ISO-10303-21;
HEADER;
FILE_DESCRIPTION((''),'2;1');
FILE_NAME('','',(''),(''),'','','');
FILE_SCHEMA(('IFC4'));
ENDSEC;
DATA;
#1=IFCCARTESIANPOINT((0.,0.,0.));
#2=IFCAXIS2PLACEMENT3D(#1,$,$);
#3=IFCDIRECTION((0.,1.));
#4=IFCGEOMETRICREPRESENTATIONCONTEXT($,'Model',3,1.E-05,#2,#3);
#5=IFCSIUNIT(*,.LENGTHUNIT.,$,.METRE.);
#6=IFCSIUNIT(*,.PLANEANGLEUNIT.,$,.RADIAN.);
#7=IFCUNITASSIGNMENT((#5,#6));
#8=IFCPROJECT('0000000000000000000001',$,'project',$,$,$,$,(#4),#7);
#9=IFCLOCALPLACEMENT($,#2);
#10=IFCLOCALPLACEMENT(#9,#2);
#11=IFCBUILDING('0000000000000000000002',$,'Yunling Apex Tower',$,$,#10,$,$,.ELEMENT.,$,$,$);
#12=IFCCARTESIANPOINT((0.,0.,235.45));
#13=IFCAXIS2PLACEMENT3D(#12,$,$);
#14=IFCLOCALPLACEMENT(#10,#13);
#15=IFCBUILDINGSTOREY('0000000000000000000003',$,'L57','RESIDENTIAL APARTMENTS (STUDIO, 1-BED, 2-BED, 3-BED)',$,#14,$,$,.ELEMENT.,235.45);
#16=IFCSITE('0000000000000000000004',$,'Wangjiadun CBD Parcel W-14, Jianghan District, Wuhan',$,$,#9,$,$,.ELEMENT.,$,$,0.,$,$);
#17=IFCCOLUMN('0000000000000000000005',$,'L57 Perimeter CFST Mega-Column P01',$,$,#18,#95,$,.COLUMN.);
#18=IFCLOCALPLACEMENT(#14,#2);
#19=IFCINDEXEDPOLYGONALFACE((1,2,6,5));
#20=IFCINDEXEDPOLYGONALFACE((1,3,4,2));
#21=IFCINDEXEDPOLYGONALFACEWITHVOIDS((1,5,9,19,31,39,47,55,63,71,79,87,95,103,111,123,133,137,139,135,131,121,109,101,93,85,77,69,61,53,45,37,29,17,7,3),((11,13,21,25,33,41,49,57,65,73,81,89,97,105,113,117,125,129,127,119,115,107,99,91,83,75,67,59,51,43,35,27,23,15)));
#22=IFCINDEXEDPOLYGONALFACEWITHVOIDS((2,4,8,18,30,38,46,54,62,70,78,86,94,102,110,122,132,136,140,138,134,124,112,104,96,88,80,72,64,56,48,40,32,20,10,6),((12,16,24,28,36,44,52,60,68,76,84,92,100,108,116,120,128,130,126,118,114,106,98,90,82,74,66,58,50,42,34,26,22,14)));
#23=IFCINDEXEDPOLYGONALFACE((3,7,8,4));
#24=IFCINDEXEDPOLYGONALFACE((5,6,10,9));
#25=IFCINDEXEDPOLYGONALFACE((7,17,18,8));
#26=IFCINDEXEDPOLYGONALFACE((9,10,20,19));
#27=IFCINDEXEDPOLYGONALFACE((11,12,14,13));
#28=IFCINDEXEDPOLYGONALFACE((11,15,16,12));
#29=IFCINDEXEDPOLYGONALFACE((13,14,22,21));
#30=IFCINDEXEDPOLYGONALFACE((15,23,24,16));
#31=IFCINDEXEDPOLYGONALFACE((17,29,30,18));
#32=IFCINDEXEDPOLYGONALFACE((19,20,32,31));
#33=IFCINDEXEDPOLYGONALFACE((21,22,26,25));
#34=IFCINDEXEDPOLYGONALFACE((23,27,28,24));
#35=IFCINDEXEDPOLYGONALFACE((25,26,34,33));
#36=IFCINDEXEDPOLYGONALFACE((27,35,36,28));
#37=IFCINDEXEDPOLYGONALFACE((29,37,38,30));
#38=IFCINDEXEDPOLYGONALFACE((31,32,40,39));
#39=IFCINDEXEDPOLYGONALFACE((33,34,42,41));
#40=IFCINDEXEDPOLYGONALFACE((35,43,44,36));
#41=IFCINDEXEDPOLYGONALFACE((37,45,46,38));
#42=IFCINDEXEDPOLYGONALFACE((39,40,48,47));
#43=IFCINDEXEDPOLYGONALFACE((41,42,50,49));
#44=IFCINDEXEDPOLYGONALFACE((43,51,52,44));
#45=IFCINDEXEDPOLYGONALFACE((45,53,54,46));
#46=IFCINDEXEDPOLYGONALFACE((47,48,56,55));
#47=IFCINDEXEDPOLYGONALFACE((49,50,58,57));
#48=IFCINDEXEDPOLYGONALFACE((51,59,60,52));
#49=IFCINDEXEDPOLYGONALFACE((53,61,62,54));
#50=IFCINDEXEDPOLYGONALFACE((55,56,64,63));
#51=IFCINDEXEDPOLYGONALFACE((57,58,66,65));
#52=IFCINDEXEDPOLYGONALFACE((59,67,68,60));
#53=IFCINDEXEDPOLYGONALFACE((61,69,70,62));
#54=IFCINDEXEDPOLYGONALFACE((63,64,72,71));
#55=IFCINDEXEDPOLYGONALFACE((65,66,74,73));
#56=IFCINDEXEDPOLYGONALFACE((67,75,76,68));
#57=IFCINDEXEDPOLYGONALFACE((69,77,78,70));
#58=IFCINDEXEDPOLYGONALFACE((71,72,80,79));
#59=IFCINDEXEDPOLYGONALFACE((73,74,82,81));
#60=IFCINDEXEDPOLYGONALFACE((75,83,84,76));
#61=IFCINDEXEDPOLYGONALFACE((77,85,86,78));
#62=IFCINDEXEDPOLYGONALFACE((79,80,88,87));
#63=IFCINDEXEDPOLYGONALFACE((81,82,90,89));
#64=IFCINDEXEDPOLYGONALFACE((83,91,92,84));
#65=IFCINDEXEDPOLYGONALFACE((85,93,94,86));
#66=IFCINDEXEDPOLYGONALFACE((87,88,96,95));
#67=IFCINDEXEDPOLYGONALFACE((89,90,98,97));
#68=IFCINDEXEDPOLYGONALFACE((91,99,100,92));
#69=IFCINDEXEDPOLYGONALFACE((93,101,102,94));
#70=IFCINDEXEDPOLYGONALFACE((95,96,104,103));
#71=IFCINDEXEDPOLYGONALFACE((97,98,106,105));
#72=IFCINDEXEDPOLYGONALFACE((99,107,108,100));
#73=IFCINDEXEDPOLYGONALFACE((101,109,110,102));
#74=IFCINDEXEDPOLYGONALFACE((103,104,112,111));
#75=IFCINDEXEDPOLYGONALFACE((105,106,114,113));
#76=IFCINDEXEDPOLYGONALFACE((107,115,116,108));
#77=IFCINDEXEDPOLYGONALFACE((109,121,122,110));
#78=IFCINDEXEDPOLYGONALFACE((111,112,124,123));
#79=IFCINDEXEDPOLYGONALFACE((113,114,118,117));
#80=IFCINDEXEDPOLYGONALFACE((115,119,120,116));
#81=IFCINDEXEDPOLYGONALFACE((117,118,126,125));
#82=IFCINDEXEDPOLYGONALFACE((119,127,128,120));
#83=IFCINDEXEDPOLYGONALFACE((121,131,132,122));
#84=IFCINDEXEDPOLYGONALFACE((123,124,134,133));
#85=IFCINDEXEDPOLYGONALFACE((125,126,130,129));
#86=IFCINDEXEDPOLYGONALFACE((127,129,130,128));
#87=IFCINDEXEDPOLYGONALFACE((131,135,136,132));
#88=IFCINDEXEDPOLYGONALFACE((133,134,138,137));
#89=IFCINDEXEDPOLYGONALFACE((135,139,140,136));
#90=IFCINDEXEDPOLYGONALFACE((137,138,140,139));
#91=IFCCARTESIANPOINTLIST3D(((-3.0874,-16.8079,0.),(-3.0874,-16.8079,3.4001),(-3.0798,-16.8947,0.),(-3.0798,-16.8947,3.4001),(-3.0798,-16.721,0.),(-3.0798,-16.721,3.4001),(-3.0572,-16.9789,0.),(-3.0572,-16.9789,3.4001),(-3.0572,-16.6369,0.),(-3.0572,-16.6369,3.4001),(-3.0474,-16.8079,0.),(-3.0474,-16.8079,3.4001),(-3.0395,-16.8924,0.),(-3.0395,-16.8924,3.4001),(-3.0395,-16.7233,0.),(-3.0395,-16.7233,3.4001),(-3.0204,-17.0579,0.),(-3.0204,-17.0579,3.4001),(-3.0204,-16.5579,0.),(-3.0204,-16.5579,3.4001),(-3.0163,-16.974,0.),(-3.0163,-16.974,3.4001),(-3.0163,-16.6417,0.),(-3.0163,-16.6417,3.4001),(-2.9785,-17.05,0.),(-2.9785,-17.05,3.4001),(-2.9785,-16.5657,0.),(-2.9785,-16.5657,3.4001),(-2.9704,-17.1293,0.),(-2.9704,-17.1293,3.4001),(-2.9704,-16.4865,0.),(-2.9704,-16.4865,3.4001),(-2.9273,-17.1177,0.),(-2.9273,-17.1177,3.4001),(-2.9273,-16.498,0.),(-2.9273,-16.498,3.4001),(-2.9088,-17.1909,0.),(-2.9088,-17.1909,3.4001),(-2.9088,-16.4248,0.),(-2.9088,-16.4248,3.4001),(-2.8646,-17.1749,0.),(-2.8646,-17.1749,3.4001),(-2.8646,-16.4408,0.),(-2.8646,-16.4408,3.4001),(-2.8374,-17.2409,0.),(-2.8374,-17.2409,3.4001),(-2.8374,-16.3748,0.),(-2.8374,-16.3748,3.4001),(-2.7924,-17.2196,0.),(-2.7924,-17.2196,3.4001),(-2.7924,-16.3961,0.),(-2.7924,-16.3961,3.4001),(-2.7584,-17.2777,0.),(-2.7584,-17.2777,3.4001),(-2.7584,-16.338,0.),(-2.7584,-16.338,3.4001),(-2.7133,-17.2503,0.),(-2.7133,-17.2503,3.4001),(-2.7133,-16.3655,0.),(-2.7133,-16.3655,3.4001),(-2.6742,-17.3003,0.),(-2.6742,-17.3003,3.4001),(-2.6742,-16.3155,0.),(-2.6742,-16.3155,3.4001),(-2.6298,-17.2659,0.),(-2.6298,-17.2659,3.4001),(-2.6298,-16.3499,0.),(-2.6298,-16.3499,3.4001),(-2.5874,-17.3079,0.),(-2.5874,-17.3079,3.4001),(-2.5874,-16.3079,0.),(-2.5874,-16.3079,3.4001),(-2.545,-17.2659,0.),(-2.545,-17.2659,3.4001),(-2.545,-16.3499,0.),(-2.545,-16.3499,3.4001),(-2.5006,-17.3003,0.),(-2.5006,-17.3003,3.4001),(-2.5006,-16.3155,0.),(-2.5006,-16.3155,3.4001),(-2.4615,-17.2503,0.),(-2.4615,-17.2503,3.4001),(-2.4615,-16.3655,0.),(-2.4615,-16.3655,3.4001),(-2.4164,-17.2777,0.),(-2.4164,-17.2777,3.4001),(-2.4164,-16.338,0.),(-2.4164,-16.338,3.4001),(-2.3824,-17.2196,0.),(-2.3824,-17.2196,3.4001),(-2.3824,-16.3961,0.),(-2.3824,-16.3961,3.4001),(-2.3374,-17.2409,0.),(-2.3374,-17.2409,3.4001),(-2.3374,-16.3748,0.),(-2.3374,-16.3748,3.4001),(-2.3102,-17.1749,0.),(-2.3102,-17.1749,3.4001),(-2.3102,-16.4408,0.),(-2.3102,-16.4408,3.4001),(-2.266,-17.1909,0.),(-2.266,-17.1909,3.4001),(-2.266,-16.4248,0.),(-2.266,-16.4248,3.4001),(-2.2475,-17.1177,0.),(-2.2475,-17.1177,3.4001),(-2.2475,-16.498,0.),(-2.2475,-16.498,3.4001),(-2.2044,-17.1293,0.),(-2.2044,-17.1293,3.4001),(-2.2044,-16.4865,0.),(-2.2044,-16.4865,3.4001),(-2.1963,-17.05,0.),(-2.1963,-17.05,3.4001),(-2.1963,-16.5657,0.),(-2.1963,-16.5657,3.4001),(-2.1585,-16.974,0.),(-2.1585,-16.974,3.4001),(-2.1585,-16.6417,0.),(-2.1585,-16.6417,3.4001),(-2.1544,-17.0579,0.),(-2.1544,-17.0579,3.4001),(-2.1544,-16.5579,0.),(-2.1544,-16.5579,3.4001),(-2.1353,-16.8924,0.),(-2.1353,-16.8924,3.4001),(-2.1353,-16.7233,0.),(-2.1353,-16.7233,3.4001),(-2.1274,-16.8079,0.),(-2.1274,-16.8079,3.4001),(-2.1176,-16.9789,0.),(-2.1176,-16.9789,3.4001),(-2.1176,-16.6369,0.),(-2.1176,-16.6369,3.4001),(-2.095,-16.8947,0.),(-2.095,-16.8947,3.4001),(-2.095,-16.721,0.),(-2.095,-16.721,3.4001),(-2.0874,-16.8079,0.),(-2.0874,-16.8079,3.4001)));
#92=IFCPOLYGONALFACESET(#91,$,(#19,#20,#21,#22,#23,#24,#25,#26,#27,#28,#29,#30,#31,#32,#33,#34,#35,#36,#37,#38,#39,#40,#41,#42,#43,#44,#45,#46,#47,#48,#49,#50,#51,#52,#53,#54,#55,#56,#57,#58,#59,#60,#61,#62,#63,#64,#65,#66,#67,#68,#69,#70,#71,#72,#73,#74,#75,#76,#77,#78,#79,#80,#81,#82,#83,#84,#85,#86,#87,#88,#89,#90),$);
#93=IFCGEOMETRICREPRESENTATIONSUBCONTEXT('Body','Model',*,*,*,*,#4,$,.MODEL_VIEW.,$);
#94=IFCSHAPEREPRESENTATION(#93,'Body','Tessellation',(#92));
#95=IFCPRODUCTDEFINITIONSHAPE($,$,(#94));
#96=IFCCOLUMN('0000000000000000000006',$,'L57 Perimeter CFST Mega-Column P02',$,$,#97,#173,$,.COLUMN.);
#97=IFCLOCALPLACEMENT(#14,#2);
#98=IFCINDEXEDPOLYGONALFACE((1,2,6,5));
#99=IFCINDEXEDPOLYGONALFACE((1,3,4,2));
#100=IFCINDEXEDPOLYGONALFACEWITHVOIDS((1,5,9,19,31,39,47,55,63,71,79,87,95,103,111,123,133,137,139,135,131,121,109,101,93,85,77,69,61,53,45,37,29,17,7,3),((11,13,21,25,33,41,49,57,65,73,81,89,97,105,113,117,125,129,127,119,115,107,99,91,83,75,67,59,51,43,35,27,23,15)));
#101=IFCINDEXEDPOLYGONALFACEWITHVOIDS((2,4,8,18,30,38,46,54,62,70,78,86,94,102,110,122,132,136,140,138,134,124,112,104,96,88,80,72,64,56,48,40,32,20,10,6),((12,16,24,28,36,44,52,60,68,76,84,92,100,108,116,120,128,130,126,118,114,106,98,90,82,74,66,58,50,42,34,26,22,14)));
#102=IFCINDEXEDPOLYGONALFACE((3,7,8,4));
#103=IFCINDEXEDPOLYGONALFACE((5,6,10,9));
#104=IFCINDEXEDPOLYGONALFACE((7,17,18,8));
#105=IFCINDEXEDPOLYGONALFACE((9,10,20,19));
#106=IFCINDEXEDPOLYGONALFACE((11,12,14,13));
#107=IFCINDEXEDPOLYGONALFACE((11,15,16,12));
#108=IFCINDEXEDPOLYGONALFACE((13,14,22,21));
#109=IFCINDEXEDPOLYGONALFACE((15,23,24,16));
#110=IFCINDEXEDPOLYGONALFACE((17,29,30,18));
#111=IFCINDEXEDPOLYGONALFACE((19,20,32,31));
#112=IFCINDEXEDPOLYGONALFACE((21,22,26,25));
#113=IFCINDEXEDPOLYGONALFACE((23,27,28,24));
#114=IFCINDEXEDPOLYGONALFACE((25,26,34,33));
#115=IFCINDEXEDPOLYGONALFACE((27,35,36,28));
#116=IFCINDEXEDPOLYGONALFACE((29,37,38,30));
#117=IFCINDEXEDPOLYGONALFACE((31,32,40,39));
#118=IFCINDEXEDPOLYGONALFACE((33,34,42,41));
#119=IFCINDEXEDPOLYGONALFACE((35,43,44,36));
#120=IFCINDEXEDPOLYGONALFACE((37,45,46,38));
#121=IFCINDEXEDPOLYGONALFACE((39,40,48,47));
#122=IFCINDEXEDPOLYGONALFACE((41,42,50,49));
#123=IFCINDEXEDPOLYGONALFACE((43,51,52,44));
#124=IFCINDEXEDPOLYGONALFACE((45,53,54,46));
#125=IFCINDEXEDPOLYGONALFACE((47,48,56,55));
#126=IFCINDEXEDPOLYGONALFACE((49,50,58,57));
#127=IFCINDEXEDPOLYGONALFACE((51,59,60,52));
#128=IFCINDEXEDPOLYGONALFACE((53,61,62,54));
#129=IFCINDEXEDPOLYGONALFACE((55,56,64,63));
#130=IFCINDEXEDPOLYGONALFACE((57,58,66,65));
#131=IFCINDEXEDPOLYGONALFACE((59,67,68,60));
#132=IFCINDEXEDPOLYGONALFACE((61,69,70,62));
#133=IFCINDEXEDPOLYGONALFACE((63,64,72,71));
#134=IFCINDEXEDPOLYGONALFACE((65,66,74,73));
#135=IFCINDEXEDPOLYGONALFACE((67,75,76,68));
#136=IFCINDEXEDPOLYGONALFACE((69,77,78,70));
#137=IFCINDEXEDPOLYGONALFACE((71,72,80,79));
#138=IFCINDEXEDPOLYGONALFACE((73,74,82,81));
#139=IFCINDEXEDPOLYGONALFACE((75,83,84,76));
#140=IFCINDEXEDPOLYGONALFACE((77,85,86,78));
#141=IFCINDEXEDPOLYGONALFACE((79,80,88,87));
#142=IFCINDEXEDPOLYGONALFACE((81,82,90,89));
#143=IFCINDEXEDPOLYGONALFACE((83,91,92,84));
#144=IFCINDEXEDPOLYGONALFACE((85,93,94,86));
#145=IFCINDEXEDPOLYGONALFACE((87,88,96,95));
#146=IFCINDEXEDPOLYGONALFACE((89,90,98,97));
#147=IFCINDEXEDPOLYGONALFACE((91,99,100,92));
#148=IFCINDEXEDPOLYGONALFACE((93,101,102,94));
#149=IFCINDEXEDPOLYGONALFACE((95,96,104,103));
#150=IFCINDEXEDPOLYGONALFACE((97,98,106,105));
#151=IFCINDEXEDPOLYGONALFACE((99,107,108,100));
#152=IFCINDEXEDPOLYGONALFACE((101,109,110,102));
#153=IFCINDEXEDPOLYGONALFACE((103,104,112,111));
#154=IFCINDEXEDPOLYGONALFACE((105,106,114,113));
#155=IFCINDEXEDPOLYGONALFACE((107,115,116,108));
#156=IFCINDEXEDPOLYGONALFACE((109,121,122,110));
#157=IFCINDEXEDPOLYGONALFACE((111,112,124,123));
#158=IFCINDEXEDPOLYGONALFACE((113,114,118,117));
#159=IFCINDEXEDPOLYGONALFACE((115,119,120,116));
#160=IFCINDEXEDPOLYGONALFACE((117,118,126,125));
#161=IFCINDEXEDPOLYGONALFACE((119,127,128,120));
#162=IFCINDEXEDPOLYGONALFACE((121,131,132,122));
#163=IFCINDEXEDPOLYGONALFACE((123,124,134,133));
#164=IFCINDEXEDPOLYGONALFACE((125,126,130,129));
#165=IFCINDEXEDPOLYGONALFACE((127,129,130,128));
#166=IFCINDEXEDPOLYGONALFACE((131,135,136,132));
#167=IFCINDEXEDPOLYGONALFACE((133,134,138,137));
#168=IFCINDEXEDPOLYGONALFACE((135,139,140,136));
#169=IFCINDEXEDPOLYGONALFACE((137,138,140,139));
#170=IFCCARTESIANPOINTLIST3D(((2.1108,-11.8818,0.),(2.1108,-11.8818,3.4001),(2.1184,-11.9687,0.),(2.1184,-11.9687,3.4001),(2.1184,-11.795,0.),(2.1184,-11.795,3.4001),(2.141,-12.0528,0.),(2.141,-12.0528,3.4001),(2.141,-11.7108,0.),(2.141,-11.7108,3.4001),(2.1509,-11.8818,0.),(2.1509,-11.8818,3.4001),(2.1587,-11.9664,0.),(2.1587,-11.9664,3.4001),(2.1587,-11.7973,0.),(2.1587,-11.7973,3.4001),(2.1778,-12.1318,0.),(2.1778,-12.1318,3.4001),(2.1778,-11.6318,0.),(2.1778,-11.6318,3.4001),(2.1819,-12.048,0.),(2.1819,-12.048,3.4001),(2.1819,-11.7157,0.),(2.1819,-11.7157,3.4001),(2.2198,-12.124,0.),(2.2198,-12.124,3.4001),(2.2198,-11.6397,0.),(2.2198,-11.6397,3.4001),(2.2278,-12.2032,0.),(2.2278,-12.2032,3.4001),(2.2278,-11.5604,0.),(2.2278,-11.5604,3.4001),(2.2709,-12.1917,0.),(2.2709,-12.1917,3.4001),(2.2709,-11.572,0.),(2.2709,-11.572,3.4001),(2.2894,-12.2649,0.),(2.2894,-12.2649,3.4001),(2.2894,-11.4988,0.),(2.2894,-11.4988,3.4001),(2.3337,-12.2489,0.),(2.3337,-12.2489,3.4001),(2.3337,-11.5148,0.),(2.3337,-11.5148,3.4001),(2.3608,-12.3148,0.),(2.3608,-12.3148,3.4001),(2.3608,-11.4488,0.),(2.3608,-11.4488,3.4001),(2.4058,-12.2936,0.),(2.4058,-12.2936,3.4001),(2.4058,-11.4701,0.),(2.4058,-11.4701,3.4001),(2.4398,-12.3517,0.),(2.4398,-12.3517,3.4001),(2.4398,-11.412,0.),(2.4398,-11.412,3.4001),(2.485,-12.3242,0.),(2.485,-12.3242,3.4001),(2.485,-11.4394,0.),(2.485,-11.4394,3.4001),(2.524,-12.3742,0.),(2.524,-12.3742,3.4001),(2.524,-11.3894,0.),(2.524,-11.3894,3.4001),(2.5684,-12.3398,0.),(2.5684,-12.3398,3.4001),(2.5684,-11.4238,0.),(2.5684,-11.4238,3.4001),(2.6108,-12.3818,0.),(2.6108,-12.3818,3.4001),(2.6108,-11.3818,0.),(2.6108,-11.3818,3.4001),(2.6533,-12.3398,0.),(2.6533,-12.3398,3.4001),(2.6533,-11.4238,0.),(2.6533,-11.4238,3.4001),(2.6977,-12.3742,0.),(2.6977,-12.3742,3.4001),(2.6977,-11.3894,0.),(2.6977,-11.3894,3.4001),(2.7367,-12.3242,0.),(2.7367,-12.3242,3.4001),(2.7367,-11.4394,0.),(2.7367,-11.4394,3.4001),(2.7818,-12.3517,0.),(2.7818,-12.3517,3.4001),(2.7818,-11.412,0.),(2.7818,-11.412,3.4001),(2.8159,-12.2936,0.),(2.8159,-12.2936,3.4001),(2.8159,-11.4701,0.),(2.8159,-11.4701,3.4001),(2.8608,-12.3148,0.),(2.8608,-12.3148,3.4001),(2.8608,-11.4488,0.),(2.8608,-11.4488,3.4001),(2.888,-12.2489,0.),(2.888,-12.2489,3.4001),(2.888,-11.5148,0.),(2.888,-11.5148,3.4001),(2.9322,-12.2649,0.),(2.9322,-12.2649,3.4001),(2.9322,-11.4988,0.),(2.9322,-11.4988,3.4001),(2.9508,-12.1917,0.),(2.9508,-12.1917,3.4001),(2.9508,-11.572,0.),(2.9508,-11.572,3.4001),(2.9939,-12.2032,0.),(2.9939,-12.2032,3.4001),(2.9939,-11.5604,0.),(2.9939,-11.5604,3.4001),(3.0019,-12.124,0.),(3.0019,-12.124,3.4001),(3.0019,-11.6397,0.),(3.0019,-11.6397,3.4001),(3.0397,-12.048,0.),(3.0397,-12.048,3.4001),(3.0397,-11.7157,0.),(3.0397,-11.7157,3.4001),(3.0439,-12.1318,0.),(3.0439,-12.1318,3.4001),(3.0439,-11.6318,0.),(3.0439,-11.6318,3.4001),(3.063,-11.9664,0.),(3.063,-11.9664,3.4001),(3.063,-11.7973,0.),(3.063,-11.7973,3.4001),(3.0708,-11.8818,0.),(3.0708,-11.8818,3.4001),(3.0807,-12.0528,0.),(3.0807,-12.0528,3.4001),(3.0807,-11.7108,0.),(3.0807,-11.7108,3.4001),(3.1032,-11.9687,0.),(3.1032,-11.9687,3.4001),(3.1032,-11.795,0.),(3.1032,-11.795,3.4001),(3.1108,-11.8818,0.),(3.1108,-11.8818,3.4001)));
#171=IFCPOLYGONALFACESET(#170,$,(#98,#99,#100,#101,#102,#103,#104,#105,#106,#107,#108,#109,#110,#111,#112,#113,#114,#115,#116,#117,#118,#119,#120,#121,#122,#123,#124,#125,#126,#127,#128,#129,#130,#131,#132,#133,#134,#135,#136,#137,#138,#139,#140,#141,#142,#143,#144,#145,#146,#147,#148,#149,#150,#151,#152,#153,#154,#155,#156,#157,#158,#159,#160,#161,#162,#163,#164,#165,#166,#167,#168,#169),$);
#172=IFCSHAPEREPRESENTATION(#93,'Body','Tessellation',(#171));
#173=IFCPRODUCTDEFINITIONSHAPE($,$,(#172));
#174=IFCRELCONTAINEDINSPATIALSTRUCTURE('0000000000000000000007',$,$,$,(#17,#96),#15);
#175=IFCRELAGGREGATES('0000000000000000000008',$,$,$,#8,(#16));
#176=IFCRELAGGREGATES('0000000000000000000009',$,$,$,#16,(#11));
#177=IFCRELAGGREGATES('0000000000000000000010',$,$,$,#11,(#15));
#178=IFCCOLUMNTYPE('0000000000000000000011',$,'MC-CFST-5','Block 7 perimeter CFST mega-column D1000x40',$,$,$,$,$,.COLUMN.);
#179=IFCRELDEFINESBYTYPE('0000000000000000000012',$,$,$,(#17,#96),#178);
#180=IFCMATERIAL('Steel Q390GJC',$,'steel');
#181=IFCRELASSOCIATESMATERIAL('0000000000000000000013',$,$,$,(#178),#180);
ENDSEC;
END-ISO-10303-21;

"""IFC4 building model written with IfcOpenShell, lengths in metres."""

from ifc_helpers import new_model, si_unit, direction, frame, origin, origin_2d, place, context, subcontext, project, spatial, hollow_circle, extrude, source, transform, mapped, material, material_profile, profile_set, type_object, element, save


model = new_model("IFC4")

# Units and contexts
model_context = context("Model", 3, precision=1e-05, world=origin(), true_north=direction((0.0, 1.0)))
body_context = subcontext(model_context, "Body", "Model", "MODEL_VIEW")
ifc_project = project(units=[si_unit("LENGTHUNIT", "METRE"), si_unit("PLANEANGLEUNIT", "RADIAN")], contexts=[model_context])

# Site, building, storey
site_placement = place(None, origin())
site = spatial("IfcSite", under=ifc_project, at=site_placement, Name="Wangjiadun CBD Parcel W-14, Jianghan District, Wuhan", CompositionType="ELEMENT", RefElevation=0.0)
building_placement = place(site_placement, origin())
building = spatial("IfcBuilding", under=site, at=building_placement, Name="Yunling Apex Tower", CompositionType="ELEMENT")
storey_placement = place(building_placement, frame((0.0, 0.0, 235.45)))
storey = spatial("IfcBuildingStorey", under=building, at=storey_placement, Name="L57", Description="RESIDENTIAL APARTMENTS (STUDIO, 1-BED, 2-BED, 3-BED)", CompositionType="ELEMENT", Elevation=235.45)

# Columns
ifc_material_1 = material(Name="Steel Q390GJC", Category="steel")
ifc_material_profile_1 = material_profile(ifc_material_1, hollow_circle(Radius=0.5, WallThickness=0.04, at=origin_2d()))
ifc_profile_set_1 = profile_set([ifc_material_profile_1], Name="Steel Q390GJC")
column_type = type_object("IfcColumnType", Name="MC-CFST-5", Description="Block 7 perimeter CFST mega-column D1000x40", PredefinedType="COLUMN", material=ifc_profile_set_1)
shared_shape_1 = source(origin(), body_context, "Body", "SweptSolid", [
    extrude(hollow_circle(Radius=0.5, WallThickness=0.04, at=origin_2d()), origin(), (0.0, 0.0, 1.0), 3.4001),
])
for number, where, z_axis, x_axis, name in (
    (1, (-2.5874, -16.8079, 0.0), (0.0, 0.0, 1.0), (1.0, 0.0, 0.0), "L57 Perimeter CFST Mega-Column P01"),
    (2, (2.6108, -11.8818, 0.0), (0.0, 0.0, 1.0), (1.0, 0.0, 0.0), "L57 Perimeter CFST Mega-Column P02"),
):
    element("IfcColumn", number, at=place(storey_placement, frame(where, z_axis=z_axis, x_axis=x_axis)), inside=storey, type_object=column_type, Name=name, PredefinedType="COLUMN", context=body_context, shape_type="MappedRepresentation", body=[
        mapped(shared_shape_1, transform((0.0, 0.0, 0.0), scale=1.0)),
    ])

save(model, "model.ifc")
